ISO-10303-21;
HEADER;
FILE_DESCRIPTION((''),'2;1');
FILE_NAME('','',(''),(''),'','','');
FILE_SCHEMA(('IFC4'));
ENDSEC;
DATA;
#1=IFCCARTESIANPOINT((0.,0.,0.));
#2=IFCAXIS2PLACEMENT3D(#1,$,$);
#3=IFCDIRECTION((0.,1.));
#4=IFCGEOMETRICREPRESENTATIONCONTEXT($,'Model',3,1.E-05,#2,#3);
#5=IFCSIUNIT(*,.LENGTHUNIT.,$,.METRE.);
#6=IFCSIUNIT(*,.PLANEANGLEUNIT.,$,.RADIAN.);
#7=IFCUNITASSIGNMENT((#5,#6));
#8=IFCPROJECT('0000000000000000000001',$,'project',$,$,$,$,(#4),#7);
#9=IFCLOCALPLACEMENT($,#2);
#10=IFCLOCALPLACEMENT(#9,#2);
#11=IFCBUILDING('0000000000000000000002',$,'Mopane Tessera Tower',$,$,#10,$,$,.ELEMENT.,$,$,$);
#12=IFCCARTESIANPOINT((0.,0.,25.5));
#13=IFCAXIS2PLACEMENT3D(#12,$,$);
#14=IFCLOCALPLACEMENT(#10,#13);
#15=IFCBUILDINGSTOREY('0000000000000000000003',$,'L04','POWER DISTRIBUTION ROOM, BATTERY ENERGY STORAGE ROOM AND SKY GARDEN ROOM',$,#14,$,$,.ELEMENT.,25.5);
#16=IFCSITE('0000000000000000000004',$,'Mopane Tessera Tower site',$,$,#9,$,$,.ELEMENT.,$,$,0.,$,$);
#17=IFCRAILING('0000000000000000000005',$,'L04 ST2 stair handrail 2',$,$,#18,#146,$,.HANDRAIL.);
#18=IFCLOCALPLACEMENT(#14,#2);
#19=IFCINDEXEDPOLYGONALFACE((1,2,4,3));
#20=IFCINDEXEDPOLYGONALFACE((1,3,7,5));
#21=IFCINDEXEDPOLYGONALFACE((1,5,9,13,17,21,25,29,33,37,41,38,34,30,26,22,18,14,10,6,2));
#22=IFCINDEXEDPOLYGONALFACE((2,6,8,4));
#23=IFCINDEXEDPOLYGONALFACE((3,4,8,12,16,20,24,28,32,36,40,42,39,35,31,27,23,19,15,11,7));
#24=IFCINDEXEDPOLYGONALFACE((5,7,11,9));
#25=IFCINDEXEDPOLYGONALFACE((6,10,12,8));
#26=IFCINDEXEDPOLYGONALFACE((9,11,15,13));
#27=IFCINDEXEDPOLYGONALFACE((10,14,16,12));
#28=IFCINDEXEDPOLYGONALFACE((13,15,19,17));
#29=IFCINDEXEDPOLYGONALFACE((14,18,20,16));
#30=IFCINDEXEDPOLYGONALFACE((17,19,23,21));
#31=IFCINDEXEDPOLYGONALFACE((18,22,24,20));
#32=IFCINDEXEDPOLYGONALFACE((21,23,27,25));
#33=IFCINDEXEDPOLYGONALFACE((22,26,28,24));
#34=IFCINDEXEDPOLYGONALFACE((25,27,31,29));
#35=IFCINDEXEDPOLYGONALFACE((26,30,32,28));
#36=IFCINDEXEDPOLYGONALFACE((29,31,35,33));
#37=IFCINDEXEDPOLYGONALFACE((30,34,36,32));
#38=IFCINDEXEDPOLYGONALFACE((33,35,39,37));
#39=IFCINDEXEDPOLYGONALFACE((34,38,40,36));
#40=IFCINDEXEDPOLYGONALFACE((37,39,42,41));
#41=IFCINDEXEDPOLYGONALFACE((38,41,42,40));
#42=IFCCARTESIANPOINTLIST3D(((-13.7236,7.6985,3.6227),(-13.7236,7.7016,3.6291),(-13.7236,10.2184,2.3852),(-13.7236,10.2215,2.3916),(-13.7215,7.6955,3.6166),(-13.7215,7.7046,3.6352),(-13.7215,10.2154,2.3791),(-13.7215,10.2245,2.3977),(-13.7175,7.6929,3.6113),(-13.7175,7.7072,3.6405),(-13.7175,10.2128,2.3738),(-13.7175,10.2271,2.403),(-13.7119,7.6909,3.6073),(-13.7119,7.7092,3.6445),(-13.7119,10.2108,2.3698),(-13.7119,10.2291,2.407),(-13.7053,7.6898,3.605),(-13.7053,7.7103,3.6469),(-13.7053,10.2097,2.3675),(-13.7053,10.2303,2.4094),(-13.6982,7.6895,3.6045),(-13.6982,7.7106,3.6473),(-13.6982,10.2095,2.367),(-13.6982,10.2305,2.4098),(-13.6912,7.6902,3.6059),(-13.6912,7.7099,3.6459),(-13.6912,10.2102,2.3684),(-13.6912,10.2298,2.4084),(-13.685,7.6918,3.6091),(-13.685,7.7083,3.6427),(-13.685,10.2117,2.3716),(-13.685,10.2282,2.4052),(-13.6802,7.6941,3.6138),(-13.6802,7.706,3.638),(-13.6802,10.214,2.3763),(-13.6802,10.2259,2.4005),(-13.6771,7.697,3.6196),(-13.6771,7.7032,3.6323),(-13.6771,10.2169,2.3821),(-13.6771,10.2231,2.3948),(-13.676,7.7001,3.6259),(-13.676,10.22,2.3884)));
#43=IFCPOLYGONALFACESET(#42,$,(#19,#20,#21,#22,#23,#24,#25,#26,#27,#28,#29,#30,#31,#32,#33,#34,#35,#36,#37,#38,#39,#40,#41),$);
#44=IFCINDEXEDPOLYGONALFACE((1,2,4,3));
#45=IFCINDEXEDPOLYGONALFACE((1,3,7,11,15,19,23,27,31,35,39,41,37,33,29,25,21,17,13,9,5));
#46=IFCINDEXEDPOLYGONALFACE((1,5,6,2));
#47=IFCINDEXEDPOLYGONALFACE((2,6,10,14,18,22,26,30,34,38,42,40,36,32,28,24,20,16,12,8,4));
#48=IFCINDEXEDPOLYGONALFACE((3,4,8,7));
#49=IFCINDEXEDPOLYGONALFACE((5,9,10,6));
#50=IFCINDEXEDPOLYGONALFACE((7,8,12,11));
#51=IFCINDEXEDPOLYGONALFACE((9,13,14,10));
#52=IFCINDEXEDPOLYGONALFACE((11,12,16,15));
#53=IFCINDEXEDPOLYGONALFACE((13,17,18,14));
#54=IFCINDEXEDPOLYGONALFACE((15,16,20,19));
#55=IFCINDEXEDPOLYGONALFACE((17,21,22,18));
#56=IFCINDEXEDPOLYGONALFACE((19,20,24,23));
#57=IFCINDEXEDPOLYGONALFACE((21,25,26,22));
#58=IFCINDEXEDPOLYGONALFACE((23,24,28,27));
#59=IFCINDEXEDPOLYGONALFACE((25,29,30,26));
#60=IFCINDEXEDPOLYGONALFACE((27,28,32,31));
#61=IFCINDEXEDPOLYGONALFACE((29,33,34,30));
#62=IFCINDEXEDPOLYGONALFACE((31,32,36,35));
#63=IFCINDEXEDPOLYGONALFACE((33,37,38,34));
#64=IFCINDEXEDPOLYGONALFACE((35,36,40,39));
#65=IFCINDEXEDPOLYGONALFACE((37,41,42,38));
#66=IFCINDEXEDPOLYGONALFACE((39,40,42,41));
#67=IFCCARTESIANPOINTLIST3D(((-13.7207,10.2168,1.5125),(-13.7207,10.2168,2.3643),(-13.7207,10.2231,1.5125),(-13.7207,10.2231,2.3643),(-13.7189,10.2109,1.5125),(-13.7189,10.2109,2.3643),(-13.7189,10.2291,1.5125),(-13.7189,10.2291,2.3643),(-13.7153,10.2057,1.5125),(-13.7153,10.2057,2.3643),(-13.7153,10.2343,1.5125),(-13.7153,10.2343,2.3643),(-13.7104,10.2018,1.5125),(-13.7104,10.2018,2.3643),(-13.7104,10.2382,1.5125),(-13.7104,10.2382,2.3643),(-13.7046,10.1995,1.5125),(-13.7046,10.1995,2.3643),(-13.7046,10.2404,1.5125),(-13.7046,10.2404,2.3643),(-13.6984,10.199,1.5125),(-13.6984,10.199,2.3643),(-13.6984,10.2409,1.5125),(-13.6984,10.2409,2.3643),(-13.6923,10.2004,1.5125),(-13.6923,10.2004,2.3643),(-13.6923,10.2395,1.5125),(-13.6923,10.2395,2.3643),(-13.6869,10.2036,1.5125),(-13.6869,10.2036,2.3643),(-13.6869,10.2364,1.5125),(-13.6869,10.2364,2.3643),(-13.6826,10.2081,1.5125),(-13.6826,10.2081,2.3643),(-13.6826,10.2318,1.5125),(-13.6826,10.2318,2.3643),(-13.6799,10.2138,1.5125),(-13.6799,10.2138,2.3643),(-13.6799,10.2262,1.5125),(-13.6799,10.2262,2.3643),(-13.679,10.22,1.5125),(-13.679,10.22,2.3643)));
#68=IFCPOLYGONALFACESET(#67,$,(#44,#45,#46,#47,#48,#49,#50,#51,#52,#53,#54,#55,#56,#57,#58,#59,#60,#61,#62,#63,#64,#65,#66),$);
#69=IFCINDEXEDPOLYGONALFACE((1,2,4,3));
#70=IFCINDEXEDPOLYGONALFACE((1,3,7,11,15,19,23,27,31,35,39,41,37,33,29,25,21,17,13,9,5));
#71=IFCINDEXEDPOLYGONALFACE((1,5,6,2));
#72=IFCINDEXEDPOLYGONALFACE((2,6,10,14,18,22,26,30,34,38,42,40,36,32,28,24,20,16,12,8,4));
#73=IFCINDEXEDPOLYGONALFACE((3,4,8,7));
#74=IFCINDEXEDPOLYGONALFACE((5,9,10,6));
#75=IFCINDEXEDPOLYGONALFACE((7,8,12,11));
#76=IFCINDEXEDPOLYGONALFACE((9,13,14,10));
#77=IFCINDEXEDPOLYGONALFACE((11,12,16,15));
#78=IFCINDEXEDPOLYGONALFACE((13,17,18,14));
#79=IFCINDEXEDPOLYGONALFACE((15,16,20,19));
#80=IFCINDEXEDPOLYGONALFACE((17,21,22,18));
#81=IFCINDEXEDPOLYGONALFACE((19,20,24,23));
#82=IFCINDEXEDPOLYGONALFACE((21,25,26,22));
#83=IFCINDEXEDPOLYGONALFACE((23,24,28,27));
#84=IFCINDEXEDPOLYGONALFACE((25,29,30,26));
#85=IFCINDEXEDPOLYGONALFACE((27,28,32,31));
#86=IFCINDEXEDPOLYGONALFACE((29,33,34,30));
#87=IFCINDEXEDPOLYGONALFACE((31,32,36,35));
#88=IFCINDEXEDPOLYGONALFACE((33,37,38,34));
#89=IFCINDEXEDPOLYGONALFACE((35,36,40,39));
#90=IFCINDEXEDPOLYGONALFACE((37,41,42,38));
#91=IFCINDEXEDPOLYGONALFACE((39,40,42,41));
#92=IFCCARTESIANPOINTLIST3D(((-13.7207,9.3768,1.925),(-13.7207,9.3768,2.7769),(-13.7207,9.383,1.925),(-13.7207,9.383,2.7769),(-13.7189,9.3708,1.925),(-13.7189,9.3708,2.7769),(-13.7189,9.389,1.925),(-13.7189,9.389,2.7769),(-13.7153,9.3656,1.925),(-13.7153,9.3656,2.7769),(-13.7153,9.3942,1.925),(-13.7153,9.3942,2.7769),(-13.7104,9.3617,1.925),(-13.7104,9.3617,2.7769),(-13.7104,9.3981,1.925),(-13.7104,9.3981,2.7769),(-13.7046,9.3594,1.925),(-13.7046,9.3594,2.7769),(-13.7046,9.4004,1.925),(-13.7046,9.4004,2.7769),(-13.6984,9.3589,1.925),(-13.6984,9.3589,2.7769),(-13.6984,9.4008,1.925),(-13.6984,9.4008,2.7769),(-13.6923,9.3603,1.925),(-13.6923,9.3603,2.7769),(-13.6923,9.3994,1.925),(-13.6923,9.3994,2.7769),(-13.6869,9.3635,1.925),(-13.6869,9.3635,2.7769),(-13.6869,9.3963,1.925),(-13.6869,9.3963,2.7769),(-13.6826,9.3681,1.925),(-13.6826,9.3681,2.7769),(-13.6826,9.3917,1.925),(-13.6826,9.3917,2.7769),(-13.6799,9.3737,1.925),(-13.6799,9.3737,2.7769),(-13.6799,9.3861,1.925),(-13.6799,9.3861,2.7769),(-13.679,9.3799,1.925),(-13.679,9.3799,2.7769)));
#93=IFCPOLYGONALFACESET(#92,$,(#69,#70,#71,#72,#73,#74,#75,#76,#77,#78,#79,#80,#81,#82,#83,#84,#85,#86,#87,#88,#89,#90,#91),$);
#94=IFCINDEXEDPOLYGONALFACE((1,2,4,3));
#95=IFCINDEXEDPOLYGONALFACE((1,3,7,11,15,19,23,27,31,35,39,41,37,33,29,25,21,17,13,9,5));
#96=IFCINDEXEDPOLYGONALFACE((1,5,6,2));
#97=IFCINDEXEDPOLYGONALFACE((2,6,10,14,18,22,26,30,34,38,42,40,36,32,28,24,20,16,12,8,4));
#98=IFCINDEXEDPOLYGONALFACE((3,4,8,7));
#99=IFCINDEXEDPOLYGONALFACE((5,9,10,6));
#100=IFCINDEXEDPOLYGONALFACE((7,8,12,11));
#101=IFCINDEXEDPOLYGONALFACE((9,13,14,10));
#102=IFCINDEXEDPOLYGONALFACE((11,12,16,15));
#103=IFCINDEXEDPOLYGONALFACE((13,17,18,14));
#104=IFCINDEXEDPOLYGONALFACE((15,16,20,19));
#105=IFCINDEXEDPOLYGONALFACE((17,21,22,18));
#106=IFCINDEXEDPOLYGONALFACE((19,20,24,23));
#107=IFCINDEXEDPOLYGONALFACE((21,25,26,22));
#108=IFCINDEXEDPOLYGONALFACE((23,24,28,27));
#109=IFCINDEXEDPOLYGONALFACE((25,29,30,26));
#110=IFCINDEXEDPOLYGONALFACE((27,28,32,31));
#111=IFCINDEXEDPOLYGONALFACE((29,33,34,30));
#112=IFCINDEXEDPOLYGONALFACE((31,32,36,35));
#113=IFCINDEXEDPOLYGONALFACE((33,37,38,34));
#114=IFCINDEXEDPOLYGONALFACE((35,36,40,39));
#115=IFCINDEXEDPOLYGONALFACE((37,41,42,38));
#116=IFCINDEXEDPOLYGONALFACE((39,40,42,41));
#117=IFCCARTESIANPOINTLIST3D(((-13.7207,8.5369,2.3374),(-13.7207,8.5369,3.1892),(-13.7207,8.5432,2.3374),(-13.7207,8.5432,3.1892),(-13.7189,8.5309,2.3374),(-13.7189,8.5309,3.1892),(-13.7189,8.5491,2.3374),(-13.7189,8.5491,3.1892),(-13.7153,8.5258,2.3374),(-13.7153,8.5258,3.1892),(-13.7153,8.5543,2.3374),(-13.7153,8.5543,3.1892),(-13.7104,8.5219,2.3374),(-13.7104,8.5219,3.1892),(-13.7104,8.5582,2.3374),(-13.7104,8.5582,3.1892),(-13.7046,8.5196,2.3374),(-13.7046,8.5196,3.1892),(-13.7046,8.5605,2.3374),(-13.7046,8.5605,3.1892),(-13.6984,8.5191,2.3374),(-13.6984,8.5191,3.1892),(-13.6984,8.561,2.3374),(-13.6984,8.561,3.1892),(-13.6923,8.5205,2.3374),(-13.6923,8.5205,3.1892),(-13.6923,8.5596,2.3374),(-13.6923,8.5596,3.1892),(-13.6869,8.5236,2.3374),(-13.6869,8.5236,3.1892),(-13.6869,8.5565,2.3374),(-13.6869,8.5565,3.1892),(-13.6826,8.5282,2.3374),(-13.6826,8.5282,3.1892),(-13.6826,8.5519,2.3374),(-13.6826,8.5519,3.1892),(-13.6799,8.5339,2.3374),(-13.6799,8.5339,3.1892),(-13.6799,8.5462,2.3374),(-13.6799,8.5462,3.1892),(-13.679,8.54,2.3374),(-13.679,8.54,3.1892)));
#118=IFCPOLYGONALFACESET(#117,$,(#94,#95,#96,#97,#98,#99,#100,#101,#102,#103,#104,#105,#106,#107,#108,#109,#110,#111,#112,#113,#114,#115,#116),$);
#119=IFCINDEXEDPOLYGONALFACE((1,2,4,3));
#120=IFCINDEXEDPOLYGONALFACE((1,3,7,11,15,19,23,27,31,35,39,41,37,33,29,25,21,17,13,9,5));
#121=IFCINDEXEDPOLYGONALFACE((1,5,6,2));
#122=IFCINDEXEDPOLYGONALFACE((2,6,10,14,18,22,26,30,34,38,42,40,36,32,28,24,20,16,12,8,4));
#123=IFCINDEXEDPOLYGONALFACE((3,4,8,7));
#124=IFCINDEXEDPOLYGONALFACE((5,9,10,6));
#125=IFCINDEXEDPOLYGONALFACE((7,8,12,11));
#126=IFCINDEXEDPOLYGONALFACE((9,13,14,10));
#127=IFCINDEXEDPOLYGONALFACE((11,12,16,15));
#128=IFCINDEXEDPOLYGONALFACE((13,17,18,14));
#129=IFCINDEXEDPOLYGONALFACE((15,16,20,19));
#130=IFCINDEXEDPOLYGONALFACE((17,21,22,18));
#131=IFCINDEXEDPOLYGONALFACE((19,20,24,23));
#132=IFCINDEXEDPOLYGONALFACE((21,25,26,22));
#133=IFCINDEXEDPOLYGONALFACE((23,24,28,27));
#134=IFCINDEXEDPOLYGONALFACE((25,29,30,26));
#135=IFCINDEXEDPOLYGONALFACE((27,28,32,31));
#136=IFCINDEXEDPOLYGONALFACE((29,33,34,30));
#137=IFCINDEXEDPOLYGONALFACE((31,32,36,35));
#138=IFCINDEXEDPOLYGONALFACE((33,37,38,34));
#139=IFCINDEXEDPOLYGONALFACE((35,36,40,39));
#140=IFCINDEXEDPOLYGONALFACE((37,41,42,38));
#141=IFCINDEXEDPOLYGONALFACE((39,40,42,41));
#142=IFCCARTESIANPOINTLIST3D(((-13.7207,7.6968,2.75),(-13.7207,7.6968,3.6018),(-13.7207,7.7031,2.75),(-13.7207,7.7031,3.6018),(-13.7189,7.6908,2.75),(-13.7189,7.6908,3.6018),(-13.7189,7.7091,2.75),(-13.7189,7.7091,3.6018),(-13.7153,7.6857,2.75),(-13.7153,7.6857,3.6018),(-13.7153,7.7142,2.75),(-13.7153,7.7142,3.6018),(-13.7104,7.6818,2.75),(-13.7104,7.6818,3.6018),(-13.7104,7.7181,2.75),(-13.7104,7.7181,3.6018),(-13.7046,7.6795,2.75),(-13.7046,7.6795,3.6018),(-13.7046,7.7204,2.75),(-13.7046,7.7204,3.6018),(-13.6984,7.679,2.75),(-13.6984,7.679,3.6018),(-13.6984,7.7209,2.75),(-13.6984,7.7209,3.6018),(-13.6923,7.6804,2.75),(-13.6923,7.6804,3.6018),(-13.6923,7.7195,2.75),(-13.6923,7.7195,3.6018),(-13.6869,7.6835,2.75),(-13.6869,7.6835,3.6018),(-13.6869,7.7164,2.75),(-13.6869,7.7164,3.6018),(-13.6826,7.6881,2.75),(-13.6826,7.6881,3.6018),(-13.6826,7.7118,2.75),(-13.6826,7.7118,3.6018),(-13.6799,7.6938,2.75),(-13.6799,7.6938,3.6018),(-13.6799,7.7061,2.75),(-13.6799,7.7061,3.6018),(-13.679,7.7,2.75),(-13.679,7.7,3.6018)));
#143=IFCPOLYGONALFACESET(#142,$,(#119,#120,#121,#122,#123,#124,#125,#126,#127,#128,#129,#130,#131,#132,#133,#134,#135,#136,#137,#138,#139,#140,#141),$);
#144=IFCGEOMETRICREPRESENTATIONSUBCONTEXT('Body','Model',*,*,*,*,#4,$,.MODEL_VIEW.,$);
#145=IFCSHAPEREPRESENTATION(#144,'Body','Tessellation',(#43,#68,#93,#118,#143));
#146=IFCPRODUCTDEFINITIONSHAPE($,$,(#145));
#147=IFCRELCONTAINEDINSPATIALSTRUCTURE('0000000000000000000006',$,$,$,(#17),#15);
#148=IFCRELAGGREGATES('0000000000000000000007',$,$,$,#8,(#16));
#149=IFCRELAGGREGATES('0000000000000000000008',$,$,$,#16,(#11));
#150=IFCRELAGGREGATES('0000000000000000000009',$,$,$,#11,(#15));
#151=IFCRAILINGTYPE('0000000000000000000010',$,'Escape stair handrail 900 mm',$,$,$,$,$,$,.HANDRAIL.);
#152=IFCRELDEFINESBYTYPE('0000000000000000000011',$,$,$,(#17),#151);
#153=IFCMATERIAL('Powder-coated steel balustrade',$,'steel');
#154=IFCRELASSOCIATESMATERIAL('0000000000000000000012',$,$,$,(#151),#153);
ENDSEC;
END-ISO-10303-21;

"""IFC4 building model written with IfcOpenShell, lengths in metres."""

from ifc_helpers import new_model, si_unit, direction, frame, origin, origin_2d, place, context, subcontext, project, spatial, circle, extrude, material, type_object, element, save


model = new_model("IFC4")

# Units and contexts
model_context = context("Model", 3, precision=1e-05, world=origin(), true_north=direction((0.0, 1.0)))
body_context = subcontext(model_context, "Body", "Model", "MODEL_VIEW")
ifc_project = project(units=[si_unit("LENGTHUNIT", "METRE"), si_unit("PLANEANGLEUNIT", "RADIAN")], contexts=[model_context])

# Site, building, storey
site_placement = place(None, origin())
site = spatial("IfcSite", under=ifc_project, at=site_placement, Name="Mopane Tessera Tower site", CompositionType="ELEMENT", RefElevation=0.0)
building_placement = place(site_placement, origin())
building = spatial("IfcBuilding", under=site, at=building_placement, Name="Mopane Tessera Tower", CompositionType="ELEMENT")
storey_placement = place(building_placement, frame((0.0, 0.0, 25.5)))
storey = spatial("IfcBuildingStorey", under=building, at=storey_placement, Name="L04", Description="POWER DISTRIBUTION ROOM, BATTERY ENERGY STORAGE ROOM AND SKY GARDEN ROOM", CompositionType="ELEMENT", Elevation=25.5)

# Railing
ifc_material_1 = material(Name="Powder-coated steel balustrade", Category="steel")
railing_type_1 = type_object("IfcRailingType", Name="Escape stair handrail 900 mm", PredefinedType="HANDRAIL", material=ifc_material_1)
for number, where, name in (
    (1, (-13.7, 10.22, 1.5125), "L04 ST2 stair handrail 2"),
):
    element("IfcRailing", number, at=place(storey_placement, frame(where)), inside=storey, type_object=railing_type_1, Name=name, PredefinedType="HANDRAIL", context=body_context, shape_type="SweptSolid", body=[
        extrude(circle(Radius=0.0239, at=origin_2d()), frame((0.0, 0.0, 0.876), z_axis=(0.0, -0.897604, 0.440802), x_axis=(1.0, 0.0, 0.0)), (0.0, 0.0, 1.0), 2.8074),
        extrude(circle(Radius=0.021, at=origin_2d()), origin(), (0.0, 0.0, 1.0), 0.8518),
        extrude(circle(Radius=0.021, at=origin_2d()), frame((0.0, -0.8401, 0.4126)), (0.0, 0.0, 1.0), 0.8518),
        extrude(circle(Radius=0.021, at=origin_2d()), frame((0.0, -1.6799, 0.825)), (0.0, 0.0, 1.0), 0.8518),
        extrude(circle(Radius=0.021, at=origin_2d()), frame((0.0, -2.52, 1.2375)), (0.0, 0.0, 1.0), 0.8518),
    ])

save(model, "model.ifc")
